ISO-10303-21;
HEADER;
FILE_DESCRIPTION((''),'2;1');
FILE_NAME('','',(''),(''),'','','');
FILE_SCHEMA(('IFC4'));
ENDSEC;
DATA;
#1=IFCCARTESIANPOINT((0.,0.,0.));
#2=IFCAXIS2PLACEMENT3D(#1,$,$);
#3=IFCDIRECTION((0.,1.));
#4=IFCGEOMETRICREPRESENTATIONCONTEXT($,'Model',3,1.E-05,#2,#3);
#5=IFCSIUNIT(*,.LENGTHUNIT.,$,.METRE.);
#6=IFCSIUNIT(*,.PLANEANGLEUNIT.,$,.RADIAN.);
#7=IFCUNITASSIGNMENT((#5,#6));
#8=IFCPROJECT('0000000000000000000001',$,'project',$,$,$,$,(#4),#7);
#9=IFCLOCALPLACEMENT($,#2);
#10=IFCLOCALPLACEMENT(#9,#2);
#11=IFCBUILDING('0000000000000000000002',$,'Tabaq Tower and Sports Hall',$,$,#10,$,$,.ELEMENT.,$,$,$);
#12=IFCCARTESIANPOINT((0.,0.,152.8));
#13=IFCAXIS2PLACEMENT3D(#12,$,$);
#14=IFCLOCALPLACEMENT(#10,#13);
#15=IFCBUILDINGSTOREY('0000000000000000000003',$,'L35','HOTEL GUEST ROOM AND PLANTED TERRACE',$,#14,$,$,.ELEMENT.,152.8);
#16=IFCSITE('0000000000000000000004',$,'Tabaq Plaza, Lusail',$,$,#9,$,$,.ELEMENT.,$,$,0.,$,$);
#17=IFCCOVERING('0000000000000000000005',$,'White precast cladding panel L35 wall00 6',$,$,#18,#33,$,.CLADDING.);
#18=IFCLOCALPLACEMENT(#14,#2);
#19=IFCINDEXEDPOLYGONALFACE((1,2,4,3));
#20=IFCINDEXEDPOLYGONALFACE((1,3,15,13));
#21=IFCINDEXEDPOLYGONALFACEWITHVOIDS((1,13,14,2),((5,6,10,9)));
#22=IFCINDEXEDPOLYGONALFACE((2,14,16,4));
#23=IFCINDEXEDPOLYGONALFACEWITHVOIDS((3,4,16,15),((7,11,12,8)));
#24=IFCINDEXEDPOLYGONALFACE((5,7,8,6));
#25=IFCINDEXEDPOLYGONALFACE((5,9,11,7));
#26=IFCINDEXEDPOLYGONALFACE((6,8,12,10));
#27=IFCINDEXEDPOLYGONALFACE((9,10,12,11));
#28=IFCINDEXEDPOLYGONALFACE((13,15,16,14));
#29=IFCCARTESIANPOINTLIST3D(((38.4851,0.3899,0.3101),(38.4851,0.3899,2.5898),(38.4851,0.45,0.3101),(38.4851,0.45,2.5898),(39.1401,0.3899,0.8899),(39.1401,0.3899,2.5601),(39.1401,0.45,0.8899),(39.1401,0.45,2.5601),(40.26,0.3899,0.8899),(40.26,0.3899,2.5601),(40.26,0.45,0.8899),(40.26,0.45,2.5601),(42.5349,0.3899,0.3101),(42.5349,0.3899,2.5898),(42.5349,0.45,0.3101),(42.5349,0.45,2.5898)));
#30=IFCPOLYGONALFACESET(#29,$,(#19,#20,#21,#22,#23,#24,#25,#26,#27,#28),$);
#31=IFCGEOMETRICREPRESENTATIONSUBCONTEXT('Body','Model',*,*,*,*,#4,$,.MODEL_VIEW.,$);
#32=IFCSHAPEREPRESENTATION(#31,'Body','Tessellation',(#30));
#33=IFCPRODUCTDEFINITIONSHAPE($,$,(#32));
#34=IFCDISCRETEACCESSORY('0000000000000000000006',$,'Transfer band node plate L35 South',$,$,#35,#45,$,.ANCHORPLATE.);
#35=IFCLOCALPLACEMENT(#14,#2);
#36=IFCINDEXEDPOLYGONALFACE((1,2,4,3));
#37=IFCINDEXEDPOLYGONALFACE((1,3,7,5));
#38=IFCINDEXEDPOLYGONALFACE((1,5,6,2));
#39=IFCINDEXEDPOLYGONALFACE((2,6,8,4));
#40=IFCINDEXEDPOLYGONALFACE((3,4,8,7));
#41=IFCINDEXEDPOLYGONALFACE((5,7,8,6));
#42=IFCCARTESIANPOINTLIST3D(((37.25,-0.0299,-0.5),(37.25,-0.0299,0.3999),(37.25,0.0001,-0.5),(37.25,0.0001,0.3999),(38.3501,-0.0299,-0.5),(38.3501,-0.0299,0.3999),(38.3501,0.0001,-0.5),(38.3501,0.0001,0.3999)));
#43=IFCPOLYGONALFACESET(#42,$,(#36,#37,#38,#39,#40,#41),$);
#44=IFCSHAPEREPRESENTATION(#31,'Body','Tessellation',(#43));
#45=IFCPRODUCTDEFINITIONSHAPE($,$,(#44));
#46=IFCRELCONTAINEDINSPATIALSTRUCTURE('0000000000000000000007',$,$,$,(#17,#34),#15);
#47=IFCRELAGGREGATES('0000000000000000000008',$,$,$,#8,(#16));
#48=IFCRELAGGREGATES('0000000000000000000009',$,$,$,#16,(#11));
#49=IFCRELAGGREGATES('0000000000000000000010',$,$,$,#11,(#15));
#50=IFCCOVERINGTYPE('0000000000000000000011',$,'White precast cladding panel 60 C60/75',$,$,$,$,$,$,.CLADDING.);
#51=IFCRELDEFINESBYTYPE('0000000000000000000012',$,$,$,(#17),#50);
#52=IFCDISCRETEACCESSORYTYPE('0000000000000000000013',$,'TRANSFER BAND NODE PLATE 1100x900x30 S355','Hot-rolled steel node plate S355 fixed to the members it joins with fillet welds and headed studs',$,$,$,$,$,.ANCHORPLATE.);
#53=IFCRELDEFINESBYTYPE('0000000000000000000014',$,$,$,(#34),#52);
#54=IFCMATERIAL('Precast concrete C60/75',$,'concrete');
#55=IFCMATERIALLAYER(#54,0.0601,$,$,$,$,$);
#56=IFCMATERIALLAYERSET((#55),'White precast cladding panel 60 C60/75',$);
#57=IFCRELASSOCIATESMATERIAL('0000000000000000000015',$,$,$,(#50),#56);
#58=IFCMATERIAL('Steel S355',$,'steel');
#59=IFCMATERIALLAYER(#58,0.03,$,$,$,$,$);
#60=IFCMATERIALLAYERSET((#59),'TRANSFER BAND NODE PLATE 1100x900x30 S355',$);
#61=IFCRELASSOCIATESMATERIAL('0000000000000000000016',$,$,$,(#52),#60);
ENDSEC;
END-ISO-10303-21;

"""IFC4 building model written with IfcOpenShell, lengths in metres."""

from ifc_helpers import new_model, si_unit, direction, frame, origin, origin_2d, place, context, subcontext, project, spatial, polyline, rectangle, outline, extrude, material, layer, layer_set, type_object, element, save


model = new_model("IFC4")

# Units and contexts
model_context = context("Model", 3, precision=1e-05, world=origin(), true_north=direction((0.0, 1.0)))
body_context = subcontext(model_context, "Body", "Model", "MODEL_VIEW")
ifc_project = project(units=[si_unit("LENGTHUNIT", "METRE"), si_unit("PLANEANGLEUNIT", "RADIAN")], contexts=[model_context])

# Site, building, storey
site_placement = place(None, origin())
site = spatial("IfcSite", under=ifc_project, at=site_placement, Name="Tabaq Plaza, Lusail", CompositionType="ELEMENT", RefElevation=0.0)
building_placement = place(site_placement, origin())
building = spatial("IfcBuilding", under=site, at=building_placement, Name="Tabaq Tower and Sports Hall", CompositionType="ELEMENT")
storey_placement = place(building_placement, frame((0.0, 0.0, 152.8)))
storey = spatial("IfcBuildingStorey", under=building, at=storey_placement, Name="L35", Description="HOTEL GUEST ROOM AND PLANTED TERRACE", CompositionType="ELEMENT", Elevation=152.8)

# Covering
ifc_material_1 = material(Name="Precast concrete C60/75", Category="concrete")
ifc_layer_1 = layer(ifc_material_1, 0.0601)
ifc_layer_set_1 = layer_set([ifc_layer_1], Name="White precast cladding panel 60 C60/75")
covering_type_1 = type_object("IfcCoveringType", Name="White precast cladding panel 60 C60/75", PredefinedType="CLADDING", material=ifc_layer_set_1)
covering_1_placement = place(storey_placement, frame((38.4851, 0.4199, 0.3101), z_axis=(0.0, 0.0, 1.0), x_axis=(1.0, 0.0, 0.0)))
element("IfcCovering", 1, at=covering_1_placement, inside=storey, type_object=covering_type_1, Name="White precast cladding panel L35 wall00 6", PredefinedType="CLADDING", context=body_context, shape_type="SweptSolid", body=[
    extrude(outline(polyline([(0.0, 0.0), (4.0498, 0.0), (4.0498, 2.2798), (0.0, 2.2798), (0.0, 0.0)]), holes=[polyline([(1.7749, 0.5798), (0.655, 0.5798), (0.655, 2.25), (1.7749, 2.25), (1.7749, 0.5798)])]), frame((0.0, 0.03, 0.0), z_axis=(0.0, -1.0, 0.0), x_axis=(1.0, 0.0, 0.0)), (0.0, 0.0, 1.0), 0.0601),
])

# Discrete accessory
ifc_material_2 = material(Name="Steel S355", Category="steel")
ifc_layer_2 = layer(ifc_material_2, 0.03)
ifc_layer_set_2 = layer_set([ifc_layer_2], Name="TRANSFER BAND NODE PLATE 1100x900x30 S355")
discrete_accessory_type = type_object("IfcDiscreteAccessoryType", Name="TRANSFER BAND NODE PLATE 1100x900x30 S355", Description="Hot-rolled steel node plate S355 fixed to the members it joins with fillet welds and headed studs", PredefinedType="ANCHORPLATE", material=ifc_layer_set_2)
discrete_accessory_placement = place(storey_placement, frame((37.8, -0.0149, -0.5), z_axis=(0.0, 0.0, 1.0), x_axis=(1.0, 0.0, 0.0)))
element("IfcDiscreteAccessory", 2, at=discrete_accessory_placement, inside=storey, type_object=discrete_accessory_type, Name="Transfer band node plate L35 South", PredefinedType="ANCHORPLATE", context=body_context, shape_type="SweptSolid", body=[
    extrude(rectangle(XDim=1.1001, YDim=0.03, at=origin_2d()), origin(), (0.0, 0.0, 1.0), 0.8999),
])

save(model, "model.ifc")
